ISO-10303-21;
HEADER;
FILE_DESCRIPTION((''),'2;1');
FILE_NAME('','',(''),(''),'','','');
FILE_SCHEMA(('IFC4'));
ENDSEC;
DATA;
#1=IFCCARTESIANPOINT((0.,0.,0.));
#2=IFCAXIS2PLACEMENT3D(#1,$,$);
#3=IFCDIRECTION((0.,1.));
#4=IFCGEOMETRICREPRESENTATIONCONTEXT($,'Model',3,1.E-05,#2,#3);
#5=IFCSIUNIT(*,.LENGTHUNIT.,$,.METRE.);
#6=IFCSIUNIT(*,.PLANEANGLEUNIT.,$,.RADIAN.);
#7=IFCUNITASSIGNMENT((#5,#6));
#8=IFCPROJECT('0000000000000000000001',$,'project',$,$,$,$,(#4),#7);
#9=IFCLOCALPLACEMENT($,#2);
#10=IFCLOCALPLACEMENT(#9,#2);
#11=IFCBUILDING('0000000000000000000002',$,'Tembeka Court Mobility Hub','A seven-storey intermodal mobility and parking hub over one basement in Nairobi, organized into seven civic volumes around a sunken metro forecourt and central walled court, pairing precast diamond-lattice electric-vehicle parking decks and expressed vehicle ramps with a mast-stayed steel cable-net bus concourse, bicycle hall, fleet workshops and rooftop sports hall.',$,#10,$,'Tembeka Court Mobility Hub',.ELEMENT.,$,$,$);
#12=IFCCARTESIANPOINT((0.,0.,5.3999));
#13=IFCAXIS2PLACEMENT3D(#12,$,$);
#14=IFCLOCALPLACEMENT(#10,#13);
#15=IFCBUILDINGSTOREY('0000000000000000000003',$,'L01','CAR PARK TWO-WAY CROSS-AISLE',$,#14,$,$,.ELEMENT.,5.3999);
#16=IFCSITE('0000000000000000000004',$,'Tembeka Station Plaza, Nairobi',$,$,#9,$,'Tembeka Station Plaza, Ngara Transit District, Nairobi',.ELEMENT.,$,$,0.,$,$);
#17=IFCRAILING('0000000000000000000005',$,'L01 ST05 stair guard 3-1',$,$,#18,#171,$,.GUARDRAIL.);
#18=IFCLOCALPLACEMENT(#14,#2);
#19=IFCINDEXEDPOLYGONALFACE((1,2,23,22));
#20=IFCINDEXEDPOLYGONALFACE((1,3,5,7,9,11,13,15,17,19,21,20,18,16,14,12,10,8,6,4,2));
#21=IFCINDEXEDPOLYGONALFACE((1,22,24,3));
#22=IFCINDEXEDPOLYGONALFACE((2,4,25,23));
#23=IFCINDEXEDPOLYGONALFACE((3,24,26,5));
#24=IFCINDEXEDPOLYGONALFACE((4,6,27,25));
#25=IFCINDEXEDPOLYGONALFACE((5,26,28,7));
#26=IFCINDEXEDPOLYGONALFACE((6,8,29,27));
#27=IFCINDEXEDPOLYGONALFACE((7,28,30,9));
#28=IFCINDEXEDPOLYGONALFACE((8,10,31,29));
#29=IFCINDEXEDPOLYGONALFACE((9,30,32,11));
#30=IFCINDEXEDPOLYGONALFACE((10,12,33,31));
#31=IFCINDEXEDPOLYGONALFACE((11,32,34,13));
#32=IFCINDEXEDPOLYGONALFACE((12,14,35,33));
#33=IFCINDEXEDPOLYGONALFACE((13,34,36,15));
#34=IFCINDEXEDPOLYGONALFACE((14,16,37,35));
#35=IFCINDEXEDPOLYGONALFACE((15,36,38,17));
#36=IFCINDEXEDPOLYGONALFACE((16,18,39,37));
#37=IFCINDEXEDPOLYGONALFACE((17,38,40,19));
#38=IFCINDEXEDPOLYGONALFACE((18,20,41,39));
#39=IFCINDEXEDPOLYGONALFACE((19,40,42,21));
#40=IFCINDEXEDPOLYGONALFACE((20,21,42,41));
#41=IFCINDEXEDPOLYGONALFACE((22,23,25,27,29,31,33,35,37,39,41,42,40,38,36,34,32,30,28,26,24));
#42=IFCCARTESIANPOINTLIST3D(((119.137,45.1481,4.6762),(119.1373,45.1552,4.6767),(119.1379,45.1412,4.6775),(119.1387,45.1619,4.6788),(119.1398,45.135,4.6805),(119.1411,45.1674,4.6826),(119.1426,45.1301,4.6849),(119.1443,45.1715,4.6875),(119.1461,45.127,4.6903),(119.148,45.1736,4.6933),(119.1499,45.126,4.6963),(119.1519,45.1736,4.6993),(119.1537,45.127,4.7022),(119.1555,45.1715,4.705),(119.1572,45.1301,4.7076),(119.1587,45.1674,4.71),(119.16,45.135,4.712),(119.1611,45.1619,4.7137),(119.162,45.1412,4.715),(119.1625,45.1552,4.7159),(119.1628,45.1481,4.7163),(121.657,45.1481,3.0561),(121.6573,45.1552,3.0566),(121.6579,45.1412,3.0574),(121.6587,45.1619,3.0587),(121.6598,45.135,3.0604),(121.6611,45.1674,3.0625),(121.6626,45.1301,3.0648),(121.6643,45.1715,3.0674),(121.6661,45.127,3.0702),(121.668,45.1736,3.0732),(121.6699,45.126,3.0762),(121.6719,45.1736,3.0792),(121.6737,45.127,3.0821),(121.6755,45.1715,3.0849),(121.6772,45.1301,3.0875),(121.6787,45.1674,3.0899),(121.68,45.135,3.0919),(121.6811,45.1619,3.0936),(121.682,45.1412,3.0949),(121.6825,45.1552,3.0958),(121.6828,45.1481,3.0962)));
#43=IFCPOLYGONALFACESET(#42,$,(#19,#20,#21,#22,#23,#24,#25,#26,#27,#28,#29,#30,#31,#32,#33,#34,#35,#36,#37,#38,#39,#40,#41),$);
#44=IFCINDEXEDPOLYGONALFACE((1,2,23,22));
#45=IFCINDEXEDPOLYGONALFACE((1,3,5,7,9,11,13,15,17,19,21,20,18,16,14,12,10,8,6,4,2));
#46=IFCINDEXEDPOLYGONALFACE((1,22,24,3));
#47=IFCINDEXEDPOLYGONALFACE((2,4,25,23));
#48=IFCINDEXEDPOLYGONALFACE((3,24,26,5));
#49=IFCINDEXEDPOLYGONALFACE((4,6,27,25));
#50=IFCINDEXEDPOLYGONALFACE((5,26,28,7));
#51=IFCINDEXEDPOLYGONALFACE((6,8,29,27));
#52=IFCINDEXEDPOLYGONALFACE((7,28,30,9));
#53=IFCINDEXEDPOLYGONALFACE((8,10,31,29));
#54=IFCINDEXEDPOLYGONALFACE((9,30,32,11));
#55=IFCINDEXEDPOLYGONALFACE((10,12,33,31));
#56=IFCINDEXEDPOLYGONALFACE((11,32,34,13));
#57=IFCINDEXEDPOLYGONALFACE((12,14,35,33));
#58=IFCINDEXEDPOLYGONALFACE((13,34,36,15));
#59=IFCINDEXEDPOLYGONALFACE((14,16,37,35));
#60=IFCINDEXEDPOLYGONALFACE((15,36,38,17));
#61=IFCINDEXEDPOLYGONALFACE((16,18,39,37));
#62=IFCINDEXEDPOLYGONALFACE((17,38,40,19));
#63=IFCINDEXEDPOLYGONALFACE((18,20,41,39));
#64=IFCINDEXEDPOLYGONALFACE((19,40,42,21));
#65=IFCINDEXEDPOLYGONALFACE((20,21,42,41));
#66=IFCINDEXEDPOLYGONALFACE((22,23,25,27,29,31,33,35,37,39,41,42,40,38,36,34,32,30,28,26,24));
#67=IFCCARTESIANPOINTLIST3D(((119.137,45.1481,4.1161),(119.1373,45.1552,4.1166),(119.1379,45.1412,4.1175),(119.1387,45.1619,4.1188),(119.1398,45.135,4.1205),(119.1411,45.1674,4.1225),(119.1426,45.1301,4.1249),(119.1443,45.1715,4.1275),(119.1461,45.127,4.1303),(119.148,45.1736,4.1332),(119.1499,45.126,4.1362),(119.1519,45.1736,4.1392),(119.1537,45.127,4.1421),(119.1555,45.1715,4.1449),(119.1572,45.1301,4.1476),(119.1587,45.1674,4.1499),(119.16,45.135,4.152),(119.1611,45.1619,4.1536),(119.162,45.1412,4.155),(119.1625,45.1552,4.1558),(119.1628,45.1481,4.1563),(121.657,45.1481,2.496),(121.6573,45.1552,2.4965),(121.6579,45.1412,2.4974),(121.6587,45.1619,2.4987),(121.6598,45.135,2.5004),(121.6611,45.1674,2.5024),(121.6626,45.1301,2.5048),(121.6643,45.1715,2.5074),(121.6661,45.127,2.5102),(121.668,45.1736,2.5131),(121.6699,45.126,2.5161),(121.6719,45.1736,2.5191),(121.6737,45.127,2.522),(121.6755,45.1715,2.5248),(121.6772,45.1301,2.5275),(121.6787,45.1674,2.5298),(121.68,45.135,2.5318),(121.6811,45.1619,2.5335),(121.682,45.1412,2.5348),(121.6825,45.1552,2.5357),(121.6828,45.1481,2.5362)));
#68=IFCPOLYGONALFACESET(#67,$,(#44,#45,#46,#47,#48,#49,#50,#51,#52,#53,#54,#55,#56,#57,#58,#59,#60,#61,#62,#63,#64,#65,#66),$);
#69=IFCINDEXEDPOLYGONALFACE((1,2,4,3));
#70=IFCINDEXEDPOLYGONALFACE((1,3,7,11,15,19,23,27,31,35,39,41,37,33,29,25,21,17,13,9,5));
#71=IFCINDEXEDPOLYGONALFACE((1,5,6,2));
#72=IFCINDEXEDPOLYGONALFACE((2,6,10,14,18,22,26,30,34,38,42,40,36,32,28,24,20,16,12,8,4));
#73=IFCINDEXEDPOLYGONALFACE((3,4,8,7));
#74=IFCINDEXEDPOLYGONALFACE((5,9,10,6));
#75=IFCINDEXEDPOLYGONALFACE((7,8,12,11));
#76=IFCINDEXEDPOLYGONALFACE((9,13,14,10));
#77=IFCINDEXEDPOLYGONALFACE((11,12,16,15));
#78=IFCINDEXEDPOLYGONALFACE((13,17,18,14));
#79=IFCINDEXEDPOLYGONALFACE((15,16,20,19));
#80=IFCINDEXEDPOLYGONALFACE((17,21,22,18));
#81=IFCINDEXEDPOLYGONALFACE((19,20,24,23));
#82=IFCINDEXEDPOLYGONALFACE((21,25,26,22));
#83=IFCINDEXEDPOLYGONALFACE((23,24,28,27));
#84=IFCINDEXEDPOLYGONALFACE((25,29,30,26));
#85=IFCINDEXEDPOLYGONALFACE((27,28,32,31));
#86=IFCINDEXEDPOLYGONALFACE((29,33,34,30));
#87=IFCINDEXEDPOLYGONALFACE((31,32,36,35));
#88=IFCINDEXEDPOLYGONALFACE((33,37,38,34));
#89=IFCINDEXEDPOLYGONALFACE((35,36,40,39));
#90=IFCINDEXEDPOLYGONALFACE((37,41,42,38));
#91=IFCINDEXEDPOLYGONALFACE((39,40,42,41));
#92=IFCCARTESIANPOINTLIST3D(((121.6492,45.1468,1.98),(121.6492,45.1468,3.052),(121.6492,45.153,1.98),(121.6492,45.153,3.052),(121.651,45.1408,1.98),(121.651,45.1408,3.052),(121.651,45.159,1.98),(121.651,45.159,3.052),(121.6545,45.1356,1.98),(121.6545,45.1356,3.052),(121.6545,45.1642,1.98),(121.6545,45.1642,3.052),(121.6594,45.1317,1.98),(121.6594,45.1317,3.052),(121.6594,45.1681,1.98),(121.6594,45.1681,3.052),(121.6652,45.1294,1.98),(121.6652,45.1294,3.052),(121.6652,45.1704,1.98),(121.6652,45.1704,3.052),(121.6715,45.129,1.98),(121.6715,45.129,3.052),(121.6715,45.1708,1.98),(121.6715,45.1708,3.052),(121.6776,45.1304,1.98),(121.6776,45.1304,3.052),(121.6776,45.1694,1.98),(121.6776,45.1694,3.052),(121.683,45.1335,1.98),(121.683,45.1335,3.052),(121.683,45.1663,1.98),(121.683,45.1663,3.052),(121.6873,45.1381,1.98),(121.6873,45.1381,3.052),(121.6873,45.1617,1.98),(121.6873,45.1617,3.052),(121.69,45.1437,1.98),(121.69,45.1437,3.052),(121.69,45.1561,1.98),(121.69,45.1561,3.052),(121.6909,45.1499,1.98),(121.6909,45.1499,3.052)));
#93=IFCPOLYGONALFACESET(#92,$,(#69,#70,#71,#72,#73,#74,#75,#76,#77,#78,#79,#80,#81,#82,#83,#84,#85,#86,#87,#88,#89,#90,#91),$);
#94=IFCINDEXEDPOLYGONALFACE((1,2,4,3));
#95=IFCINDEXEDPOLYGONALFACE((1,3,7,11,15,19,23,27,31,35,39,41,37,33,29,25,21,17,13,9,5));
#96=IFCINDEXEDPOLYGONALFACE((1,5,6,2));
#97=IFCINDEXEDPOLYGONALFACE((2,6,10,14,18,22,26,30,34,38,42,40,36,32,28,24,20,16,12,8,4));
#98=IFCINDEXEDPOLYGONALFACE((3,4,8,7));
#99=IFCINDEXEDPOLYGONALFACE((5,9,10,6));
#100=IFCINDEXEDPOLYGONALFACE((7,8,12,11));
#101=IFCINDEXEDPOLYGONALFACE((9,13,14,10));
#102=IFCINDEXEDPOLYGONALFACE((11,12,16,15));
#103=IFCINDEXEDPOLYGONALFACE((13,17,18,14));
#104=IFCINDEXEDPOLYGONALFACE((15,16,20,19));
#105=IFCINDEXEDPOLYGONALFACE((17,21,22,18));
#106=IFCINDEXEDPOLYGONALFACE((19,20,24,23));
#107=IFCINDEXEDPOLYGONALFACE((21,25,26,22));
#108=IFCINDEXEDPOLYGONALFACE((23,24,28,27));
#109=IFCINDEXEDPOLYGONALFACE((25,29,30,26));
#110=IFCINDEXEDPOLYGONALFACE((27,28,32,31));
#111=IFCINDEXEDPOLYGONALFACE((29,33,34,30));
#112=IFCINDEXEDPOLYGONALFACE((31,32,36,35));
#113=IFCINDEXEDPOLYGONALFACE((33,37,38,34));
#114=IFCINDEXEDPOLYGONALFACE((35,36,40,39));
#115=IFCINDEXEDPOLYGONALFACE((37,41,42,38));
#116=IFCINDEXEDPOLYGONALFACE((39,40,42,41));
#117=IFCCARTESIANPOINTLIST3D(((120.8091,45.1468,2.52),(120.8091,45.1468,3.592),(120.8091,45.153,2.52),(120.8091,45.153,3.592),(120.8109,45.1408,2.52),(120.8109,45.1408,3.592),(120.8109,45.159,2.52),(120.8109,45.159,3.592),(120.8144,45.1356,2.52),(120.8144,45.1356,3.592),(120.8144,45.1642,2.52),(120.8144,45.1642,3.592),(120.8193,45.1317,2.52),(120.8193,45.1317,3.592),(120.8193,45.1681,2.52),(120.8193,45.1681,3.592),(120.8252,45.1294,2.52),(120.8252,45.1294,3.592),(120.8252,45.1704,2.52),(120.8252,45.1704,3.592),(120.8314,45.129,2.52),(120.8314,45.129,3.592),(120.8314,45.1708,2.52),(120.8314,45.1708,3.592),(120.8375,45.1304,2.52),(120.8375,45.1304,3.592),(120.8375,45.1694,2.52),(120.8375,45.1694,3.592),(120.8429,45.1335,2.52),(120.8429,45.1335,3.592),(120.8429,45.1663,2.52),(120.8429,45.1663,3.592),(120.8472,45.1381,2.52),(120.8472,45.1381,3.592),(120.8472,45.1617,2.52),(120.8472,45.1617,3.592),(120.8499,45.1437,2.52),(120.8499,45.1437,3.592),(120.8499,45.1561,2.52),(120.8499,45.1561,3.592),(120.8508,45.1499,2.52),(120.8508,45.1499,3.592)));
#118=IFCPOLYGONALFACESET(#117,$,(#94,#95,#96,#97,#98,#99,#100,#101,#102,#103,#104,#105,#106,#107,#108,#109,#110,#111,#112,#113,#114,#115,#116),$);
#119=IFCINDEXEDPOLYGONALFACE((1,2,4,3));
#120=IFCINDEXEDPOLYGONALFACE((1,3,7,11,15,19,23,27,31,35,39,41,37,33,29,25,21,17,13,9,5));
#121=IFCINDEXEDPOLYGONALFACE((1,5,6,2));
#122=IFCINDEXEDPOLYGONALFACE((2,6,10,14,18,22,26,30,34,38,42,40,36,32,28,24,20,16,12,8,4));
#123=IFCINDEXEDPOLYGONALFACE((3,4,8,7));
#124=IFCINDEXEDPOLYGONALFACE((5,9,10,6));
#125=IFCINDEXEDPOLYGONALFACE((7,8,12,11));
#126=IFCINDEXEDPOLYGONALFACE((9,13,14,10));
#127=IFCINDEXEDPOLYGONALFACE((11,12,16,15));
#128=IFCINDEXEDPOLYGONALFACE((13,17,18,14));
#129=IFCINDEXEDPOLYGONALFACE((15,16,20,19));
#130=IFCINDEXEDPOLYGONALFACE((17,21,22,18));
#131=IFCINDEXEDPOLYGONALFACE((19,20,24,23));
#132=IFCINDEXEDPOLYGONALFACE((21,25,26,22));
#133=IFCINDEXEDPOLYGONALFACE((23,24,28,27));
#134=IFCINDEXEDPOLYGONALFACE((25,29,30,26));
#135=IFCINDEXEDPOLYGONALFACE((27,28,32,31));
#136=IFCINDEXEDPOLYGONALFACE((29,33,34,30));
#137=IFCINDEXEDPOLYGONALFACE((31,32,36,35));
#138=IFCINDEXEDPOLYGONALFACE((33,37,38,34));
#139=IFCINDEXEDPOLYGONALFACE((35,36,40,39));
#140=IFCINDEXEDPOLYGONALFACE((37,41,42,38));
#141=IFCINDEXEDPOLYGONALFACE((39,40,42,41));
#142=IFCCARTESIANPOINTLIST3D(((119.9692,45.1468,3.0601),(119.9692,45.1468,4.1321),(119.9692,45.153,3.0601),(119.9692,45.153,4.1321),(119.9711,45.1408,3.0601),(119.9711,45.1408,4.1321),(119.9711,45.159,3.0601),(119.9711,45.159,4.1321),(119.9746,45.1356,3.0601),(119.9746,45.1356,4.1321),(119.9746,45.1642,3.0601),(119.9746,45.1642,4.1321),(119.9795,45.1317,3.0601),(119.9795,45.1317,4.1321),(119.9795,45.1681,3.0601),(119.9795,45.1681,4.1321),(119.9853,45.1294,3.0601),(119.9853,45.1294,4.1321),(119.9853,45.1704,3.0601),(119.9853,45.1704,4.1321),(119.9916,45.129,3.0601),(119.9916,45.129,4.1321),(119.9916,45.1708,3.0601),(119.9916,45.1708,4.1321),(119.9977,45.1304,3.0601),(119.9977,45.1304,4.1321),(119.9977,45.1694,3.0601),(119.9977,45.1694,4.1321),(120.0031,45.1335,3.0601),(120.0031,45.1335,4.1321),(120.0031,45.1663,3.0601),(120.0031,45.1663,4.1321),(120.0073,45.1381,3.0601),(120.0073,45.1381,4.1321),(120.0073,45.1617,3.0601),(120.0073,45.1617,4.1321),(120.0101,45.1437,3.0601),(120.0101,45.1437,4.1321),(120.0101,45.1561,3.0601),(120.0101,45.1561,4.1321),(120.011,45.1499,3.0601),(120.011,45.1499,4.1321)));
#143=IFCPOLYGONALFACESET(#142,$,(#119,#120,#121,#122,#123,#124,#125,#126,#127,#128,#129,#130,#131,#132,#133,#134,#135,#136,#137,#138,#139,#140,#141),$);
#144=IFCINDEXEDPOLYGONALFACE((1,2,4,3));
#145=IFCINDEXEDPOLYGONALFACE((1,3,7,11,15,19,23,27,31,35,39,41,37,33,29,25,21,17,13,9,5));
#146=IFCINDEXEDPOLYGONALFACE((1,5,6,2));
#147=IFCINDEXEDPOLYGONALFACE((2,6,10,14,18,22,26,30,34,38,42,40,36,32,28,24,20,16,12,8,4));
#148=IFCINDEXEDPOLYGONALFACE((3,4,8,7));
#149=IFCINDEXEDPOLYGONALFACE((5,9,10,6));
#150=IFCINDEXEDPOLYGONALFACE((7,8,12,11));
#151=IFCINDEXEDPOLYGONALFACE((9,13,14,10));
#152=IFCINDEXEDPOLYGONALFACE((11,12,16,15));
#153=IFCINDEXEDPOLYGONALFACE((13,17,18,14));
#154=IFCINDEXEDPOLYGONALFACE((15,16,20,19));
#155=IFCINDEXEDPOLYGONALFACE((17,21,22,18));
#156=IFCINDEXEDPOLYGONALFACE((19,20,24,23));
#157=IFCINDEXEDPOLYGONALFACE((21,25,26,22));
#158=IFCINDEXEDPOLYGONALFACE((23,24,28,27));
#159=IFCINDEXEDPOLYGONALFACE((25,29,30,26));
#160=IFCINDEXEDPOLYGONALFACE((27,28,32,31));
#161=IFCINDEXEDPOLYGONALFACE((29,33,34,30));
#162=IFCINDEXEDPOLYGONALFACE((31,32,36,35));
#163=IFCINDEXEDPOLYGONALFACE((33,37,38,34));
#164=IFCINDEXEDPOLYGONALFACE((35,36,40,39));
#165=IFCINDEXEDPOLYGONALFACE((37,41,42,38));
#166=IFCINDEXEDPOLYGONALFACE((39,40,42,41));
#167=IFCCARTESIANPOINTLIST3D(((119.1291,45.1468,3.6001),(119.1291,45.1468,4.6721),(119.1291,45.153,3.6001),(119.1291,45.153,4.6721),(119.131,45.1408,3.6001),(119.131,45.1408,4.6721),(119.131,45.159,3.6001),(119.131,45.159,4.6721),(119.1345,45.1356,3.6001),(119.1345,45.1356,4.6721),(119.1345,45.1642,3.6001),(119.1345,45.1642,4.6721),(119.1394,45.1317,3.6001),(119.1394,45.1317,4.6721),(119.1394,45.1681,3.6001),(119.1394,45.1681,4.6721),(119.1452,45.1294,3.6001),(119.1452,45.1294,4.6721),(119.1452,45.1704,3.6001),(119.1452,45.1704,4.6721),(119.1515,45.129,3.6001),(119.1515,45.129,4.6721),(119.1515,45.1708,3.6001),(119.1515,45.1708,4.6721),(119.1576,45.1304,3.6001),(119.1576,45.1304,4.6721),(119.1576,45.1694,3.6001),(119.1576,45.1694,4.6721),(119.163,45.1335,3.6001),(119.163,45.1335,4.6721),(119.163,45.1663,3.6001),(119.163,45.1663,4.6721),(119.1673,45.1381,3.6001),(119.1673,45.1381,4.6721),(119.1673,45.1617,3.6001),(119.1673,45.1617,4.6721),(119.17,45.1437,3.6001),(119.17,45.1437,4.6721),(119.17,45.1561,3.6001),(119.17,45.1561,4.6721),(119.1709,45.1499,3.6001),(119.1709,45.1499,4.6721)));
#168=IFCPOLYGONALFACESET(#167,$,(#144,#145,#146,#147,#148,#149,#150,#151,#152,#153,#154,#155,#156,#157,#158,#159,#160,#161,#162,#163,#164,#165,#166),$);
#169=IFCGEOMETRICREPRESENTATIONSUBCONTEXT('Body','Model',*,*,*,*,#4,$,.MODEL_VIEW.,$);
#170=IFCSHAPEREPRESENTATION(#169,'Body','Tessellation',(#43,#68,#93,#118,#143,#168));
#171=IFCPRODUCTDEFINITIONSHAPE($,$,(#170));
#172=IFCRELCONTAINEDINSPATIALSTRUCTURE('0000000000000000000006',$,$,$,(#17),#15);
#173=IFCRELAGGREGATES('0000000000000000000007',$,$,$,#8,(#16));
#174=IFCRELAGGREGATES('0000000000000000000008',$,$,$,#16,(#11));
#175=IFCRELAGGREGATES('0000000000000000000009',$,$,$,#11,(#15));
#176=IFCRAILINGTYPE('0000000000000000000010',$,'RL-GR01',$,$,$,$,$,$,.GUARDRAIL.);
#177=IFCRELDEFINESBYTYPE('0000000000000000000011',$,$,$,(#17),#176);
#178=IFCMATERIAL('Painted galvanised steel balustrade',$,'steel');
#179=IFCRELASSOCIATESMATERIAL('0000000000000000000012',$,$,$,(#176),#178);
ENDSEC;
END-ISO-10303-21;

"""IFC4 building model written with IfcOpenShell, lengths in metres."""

from ifc_helpers import new_model, si_unit, direction, frame, origin, origin_2d, place, context, subcontext, project, spatial, circle, extrude, material, type_object, element, save


model = new_model("IFC4")

# Units and contexts
model_context = context("Model", 3, precision=1e-05, world=origin(), true_north=direction((0.0, 1.0)))
body_context = subcontext(model_context, "Body", "Model", "MODEL_VIEW")
ifc_project = project(units=[si_unit("LENGTHUNIT", "METRE"), si_unit("PLANEANGLEUNIT", "RADIAN")], contexts=[model_context])

# Site, building, storey
site_placement = place(None, origin())
site = spatial("IfcSite", under=ifc_project, at=site_placement, Name="Tembeka Station Plaza, Nairobi", LongName="Tembeka Station Plaza, Ngara Transit District, Nairobi", CompositionType="ELEMENT", RefElevation=0.0)
building_placement = place(site_placement, origin())
building = spatial("IfcBuilding", under=site, at=building_placement, Name="Tembeka Court Mobility Hub", Description="A seven-storey intermodal mobility and parking hub over one basement in Nairobi, organized into seven civic volumes around a sunken metro forecourt and central walled court, pairing precast diamond-lattice electric-vehicle parking decks and expressed vehicle ramps with a mast-stayed steel cable-net bus concourse, bicycle hall, fleet workshops and rooftop sports hall.", LongName="Tembeka Court Mobility Hub", CompositionType="ELEMENT")
storey_placement = place(building_placement, frame((0.0, 0.0, 5.3999)))
storey = spatial("IfcBuildingStorey", under=building, at=storey_placement, Name="L01", Description="CAR PARK TWO-WAY CROSS-AISLE", CompositionType="ELEMENT", Elevation=5.3999)

# Railing
ifc_material_1 = material(Name="Painted galvanised steel balustrade", Category="steel")
railing_type_1 = type_object("IfcRailingType", Name="RL-GR01", PredefinedType="GUARDRAIL", material=ifc_material_1)
railing_1_placement = place(storey_placement, frame((121.6699, 45.1499, 1.98)))
element("IfcRailing", 1, at=railing_1_placement, inside=storey, type_object=railing_type_1, Name="L01 ST05 stair guard 3-1", PredefinedType="GUARDRAIL", context=body_context, shape_type="SweptSolid", body=[
    extrude(circle(Radius=0.0239, at=origin_2d()), frame((0.0, 0.0, 1.0962), z_axis=(-0.841163, 0.0, 0.540782), x_axis=(0.0, -1.0, 0.0)), (0.0, 0.0, 1.0), 2.9958),
    extrude(circle(Radius=0.0239, at=origin_2d()), frame((0.0, 0.0, 0.5361), z_axis=(-0.841163, 0.0, 0.540782), x_axis=(0.0, -1.0, 0.0)), (0.0, 0.0, 1.0), 2.9958),
    extrude(circle(Radius=0.021, at=origin_2d()), origin(), (0.0, 0.0, 1.0), 1.072),
    extrude(circle(Radius=0.021, at=origin_2d()), frame((-0.8401, 0.0, 0.54)), (0.0, 0.0, 1.0), 1.072),
    extrude(circle(Radius=0.021, at=origin_2d()), frame((-1.6799, 0.0, 1.0801)), (0.0, 0.0, 1.0), 1.072),
    extrude(circle(Radius=0.021, at=origin_2d()), frame((-2.52, 0.0, 1.6201)), (0.0, 0.0, 1.0), 1.072),
])

save(model, "model.ifc")
